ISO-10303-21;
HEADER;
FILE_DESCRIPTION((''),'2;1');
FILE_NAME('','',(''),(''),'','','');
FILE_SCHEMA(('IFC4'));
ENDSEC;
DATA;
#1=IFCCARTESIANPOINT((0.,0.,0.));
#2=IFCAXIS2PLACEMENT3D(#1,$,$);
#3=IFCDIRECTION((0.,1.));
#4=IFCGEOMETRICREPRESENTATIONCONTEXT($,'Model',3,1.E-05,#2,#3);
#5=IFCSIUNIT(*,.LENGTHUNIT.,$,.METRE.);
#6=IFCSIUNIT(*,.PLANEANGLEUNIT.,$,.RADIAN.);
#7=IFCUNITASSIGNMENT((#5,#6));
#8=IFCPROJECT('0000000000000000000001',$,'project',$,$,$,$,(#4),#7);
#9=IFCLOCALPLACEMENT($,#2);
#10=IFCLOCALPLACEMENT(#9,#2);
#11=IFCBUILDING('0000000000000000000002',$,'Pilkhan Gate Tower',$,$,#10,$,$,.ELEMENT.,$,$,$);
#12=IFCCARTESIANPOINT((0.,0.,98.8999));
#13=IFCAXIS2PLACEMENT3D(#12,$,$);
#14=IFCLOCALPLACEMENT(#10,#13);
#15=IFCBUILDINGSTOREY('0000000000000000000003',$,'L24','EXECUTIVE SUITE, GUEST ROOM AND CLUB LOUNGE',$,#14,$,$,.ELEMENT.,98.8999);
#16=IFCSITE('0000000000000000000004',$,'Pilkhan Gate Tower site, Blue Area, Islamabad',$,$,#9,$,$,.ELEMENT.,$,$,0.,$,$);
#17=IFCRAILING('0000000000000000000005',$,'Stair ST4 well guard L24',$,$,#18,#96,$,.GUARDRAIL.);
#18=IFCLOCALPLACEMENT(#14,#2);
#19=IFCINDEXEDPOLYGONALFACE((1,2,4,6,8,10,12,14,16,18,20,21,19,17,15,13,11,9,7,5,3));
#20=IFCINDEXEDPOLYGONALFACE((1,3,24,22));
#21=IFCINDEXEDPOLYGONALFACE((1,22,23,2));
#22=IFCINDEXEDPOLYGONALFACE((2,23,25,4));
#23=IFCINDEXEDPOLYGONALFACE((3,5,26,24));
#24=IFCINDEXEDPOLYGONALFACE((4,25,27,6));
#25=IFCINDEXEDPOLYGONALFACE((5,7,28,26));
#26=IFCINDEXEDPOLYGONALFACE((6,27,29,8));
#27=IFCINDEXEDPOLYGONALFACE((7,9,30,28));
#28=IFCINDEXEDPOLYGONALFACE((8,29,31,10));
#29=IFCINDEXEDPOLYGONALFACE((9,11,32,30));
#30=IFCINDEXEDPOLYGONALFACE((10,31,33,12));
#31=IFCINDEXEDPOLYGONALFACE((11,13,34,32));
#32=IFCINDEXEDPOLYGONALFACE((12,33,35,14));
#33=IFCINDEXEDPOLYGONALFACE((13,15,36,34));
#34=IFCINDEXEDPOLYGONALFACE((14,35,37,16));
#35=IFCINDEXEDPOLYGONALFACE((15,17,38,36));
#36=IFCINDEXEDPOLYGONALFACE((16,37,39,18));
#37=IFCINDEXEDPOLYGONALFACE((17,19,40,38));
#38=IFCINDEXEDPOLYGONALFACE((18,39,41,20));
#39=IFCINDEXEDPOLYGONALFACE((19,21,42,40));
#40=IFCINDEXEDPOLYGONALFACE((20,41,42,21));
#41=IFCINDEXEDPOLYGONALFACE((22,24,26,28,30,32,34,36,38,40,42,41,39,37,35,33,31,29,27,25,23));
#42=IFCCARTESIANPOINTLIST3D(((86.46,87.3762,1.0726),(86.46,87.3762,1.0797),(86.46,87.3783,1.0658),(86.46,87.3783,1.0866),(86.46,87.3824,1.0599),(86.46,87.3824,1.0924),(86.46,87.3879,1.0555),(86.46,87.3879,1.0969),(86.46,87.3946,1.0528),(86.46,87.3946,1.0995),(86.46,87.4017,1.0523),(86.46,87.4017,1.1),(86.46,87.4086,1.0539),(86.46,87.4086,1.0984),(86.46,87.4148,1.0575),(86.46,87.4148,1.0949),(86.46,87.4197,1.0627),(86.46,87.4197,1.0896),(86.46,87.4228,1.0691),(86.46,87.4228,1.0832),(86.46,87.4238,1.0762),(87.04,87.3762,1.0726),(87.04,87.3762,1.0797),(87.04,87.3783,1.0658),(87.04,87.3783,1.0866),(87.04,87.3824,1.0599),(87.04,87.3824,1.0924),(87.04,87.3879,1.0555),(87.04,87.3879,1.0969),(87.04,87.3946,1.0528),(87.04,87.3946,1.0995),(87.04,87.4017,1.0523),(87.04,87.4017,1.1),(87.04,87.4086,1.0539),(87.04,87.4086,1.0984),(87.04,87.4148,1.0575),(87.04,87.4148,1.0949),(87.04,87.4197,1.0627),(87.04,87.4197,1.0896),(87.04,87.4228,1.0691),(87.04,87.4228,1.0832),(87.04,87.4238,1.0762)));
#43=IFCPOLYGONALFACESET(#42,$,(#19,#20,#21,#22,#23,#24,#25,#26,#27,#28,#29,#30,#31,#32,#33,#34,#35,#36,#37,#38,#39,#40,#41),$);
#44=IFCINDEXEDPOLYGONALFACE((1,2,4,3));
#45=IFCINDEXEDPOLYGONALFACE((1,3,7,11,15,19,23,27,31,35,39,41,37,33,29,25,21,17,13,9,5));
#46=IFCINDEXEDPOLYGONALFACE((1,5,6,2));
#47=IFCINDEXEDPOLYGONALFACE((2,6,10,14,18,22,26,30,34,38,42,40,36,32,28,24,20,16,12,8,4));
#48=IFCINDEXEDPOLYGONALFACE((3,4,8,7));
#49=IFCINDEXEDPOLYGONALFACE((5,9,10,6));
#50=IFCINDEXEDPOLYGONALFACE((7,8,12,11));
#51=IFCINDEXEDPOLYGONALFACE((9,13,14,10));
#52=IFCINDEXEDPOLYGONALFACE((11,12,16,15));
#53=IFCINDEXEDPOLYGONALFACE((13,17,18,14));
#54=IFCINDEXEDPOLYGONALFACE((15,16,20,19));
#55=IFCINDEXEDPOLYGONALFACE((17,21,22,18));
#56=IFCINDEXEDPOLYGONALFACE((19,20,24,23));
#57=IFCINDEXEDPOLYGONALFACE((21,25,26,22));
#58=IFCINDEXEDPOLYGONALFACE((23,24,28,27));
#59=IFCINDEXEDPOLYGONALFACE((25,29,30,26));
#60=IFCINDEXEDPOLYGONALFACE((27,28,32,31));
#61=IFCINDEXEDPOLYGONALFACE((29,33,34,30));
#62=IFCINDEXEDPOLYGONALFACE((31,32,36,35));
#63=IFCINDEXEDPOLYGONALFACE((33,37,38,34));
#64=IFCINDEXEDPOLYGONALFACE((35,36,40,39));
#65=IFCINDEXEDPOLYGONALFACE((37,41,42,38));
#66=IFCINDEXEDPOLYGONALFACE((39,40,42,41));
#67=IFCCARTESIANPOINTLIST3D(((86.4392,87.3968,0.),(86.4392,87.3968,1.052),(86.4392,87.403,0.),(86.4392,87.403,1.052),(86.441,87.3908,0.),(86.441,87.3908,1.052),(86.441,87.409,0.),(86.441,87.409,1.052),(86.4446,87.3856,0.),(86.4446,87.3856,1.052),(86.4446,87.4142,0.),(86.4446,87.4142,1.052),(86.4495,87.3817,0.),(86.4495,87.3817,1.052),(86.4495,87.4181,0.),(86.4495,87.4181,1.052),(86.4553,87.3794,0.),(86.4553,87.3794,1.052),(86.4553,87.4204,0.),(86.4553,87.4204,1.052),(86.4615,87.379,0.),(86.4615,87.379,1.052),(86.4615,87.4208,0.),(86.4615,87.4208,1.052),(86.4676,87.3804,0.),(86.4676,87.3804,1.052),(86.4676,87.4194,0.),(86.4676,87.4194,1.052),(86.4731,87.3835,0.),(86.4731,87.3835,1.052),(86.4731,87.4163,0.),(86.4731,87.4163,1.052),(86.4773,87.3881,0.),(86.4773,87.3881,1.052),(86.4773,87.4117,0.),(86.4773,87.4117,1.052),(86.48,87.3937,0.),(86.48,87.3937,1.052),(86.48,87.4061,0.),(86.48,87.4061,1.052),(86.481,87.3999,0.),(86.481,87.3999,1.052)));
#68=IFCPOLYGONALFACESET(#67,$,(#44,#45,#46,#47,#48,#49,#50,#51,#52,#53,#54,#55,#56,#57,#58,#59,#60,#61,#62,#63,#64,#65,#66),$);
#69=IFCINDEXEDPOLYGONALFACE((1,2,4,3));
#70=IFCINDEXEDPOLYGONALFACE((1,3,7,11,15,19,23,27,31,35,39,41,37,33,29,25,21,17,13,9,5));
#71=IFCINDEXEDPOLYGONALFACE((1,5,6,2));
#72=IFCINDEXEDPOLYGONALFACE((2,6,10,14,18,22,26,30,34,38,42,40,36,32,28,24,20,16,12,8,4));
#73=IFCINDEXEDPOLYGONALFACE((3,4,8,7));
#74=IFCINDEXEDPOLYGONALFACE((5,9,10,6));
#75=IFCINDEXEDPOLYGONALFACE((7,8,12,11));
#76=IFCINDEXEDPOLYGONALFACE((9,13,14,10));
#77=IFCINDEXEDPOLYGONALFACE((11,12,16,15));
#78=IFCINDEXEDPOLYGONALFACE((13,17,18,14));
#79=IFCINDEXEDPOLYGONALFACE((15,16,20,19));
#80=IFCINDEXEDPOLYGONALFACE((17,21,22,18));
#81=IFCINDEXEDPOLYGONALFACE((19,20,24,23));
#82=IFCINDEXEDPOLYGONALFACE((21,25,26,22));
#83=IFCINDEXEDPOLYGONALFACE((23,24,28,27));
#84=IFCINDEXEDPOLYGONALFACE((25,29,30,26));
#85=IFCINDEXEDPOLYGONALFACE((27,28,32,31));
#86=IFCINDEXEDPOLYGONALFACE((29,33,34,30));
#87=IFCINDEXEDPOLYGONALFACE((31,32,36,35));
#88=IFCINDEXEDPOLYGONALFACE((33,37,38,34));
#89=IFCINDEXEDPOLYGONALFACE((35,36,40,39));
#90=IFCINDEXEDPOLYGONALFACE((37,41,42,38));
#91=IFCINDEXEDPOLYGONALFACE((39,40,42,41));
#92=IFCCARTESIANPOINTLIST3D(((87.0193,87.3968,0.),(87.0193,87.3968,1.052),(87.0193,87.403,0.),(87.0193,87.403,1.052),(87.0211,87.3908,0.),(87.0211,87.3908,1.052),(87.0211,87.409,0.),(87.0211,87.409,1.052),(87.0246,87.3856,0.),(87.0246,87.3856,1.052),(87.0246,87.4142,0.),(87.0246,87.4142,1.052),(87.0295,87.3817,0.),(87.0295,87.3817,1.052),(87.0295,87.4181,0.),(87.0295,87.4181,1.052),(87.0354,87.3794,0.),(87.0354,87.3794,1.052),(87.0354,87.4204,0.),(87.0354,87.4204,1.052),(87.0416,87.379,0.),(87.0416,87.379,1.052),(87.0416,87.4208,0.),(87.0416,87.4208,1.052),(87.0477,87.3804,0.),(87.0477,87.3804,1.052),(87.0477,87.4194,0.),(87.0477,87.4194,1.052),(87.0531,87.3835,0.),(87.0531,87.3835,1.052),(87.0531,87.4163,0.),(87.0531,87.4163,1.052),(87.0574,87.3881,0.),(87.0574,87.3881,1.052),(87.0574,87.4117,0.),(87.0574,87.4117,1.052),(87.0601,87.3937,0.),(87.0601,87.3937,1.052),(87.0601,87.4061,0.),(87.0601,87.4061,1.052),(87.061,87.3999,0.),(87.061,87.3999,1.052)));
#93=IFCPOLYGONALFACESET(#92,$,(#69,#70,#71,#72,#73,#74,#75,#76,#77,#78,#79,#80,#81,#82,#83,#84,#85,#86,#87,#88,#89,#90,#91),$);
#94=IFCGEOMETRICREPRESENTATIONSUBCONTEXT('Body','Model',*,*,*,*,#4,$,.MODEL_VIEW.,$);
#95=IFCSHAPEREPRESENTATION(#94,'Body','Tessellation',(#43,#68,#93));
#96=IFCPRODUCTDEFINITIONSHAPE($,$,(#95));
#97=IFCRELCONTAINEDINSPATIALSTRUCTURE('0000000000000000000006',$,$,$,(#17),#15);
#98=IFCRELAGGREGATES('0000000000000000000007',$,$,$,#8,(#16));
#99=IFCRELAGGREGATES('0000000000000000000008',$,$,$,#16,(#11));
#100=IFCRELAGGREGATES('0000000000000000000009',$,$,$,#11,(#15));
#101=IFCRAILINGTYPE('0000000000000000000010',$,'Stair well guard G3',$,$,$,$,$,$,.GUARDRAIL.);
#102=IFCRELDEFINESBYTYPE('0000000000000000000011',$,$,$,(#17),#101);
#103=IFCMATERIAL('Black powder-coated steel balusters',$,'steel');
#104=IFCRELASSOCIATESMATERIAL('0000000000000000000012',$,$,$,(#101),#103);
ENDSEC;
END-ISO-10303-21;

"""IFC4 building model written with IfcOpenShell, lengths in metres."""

from ifc_helpers import new_model, si_unit, direction, frame, origin, origin_2d, place, context, subcontext, project, spatial, circle, extrude, material, type_object, element, save


model = new_model("IFC4")

# Units and contexts
model_context = context("Model", 3, precision=1e-05, world=origin(), true_north=direction((0.0, 1.0)))
body_context = subcontext(model_context, "Body", "Model", "MODEL_VIEW")
ifc_project = project(units=[si_unit("LENGTHUNIT", "METRE"), si_unit("PLANEANGLEUNIT", "RADIAN")], contexts=[model_context])

# Site, building, storey
site_placement = place(None, origin())
site = spatial("IfcSite", under=ifc_project, at=site_placement, Name="Pilkhan Gate Tower site, Blue Area, Islamabad", CompositionType="ELEMENT", RefElevation=0.0)
building_placement = place(site_placement, origin())
building = spatial("IfcBuilding", under=site, at=building_placement, Name="Pilkhan Gate Tower", CompositionType="ELEMENT")
storey_placement = place(building_placement, frame((0.0, 0.0, 98.8999)))
storey = spatial("IfcBuildingStorey", under=building, at=storey_placement, Name="L24", Description="EXECUTIVE SUITE, GUEST ROOM AND CLUB LOUNGE", CompositionType="ELEMENT", Elevation=98.8999)

# Railing
ifc_material_1 = material(Name="Black powder-coated steel balusters", Category="steel")
railing_type_1 = type_object("IfcRailingType", Name="Stair well guard G3", PredefinedType="GUARDRAIL", material=ifc_material_1)
railing_1_placement = place(storey_placement, frame((86.46, 87.3999, 0.0)))
element("IfcRailing", 1, at=railing_1_placement, inside=storey, type_object=railing_type_1, Name="Stair ST4 well guard L24", PredefinedType="GUARDRAIL", context=body_context, shape_type="SweptSolid", body=[
    extrude(circle(Radius=0.0239, at=origin_2d()), frame((0.0, 0.0, 1.0762), z_axis=(1.0, 0.0, 0.0), x_axis=(0.0, 1.0, 0.0)), (0.0, 0.0, 1.0), 0.5801),
    extrude(circle(Radius=0.021, at=origin_2d()), origin(), (0.0, 0.0, 1.0), 1.052),
    extrude(circle(Radius=0.021, at=origin_2d()), frame((0.5801, 0.0, 0.0)), (0.0, 0.0, 1.0), 1.052),
])

save(model, "model.ifc")
